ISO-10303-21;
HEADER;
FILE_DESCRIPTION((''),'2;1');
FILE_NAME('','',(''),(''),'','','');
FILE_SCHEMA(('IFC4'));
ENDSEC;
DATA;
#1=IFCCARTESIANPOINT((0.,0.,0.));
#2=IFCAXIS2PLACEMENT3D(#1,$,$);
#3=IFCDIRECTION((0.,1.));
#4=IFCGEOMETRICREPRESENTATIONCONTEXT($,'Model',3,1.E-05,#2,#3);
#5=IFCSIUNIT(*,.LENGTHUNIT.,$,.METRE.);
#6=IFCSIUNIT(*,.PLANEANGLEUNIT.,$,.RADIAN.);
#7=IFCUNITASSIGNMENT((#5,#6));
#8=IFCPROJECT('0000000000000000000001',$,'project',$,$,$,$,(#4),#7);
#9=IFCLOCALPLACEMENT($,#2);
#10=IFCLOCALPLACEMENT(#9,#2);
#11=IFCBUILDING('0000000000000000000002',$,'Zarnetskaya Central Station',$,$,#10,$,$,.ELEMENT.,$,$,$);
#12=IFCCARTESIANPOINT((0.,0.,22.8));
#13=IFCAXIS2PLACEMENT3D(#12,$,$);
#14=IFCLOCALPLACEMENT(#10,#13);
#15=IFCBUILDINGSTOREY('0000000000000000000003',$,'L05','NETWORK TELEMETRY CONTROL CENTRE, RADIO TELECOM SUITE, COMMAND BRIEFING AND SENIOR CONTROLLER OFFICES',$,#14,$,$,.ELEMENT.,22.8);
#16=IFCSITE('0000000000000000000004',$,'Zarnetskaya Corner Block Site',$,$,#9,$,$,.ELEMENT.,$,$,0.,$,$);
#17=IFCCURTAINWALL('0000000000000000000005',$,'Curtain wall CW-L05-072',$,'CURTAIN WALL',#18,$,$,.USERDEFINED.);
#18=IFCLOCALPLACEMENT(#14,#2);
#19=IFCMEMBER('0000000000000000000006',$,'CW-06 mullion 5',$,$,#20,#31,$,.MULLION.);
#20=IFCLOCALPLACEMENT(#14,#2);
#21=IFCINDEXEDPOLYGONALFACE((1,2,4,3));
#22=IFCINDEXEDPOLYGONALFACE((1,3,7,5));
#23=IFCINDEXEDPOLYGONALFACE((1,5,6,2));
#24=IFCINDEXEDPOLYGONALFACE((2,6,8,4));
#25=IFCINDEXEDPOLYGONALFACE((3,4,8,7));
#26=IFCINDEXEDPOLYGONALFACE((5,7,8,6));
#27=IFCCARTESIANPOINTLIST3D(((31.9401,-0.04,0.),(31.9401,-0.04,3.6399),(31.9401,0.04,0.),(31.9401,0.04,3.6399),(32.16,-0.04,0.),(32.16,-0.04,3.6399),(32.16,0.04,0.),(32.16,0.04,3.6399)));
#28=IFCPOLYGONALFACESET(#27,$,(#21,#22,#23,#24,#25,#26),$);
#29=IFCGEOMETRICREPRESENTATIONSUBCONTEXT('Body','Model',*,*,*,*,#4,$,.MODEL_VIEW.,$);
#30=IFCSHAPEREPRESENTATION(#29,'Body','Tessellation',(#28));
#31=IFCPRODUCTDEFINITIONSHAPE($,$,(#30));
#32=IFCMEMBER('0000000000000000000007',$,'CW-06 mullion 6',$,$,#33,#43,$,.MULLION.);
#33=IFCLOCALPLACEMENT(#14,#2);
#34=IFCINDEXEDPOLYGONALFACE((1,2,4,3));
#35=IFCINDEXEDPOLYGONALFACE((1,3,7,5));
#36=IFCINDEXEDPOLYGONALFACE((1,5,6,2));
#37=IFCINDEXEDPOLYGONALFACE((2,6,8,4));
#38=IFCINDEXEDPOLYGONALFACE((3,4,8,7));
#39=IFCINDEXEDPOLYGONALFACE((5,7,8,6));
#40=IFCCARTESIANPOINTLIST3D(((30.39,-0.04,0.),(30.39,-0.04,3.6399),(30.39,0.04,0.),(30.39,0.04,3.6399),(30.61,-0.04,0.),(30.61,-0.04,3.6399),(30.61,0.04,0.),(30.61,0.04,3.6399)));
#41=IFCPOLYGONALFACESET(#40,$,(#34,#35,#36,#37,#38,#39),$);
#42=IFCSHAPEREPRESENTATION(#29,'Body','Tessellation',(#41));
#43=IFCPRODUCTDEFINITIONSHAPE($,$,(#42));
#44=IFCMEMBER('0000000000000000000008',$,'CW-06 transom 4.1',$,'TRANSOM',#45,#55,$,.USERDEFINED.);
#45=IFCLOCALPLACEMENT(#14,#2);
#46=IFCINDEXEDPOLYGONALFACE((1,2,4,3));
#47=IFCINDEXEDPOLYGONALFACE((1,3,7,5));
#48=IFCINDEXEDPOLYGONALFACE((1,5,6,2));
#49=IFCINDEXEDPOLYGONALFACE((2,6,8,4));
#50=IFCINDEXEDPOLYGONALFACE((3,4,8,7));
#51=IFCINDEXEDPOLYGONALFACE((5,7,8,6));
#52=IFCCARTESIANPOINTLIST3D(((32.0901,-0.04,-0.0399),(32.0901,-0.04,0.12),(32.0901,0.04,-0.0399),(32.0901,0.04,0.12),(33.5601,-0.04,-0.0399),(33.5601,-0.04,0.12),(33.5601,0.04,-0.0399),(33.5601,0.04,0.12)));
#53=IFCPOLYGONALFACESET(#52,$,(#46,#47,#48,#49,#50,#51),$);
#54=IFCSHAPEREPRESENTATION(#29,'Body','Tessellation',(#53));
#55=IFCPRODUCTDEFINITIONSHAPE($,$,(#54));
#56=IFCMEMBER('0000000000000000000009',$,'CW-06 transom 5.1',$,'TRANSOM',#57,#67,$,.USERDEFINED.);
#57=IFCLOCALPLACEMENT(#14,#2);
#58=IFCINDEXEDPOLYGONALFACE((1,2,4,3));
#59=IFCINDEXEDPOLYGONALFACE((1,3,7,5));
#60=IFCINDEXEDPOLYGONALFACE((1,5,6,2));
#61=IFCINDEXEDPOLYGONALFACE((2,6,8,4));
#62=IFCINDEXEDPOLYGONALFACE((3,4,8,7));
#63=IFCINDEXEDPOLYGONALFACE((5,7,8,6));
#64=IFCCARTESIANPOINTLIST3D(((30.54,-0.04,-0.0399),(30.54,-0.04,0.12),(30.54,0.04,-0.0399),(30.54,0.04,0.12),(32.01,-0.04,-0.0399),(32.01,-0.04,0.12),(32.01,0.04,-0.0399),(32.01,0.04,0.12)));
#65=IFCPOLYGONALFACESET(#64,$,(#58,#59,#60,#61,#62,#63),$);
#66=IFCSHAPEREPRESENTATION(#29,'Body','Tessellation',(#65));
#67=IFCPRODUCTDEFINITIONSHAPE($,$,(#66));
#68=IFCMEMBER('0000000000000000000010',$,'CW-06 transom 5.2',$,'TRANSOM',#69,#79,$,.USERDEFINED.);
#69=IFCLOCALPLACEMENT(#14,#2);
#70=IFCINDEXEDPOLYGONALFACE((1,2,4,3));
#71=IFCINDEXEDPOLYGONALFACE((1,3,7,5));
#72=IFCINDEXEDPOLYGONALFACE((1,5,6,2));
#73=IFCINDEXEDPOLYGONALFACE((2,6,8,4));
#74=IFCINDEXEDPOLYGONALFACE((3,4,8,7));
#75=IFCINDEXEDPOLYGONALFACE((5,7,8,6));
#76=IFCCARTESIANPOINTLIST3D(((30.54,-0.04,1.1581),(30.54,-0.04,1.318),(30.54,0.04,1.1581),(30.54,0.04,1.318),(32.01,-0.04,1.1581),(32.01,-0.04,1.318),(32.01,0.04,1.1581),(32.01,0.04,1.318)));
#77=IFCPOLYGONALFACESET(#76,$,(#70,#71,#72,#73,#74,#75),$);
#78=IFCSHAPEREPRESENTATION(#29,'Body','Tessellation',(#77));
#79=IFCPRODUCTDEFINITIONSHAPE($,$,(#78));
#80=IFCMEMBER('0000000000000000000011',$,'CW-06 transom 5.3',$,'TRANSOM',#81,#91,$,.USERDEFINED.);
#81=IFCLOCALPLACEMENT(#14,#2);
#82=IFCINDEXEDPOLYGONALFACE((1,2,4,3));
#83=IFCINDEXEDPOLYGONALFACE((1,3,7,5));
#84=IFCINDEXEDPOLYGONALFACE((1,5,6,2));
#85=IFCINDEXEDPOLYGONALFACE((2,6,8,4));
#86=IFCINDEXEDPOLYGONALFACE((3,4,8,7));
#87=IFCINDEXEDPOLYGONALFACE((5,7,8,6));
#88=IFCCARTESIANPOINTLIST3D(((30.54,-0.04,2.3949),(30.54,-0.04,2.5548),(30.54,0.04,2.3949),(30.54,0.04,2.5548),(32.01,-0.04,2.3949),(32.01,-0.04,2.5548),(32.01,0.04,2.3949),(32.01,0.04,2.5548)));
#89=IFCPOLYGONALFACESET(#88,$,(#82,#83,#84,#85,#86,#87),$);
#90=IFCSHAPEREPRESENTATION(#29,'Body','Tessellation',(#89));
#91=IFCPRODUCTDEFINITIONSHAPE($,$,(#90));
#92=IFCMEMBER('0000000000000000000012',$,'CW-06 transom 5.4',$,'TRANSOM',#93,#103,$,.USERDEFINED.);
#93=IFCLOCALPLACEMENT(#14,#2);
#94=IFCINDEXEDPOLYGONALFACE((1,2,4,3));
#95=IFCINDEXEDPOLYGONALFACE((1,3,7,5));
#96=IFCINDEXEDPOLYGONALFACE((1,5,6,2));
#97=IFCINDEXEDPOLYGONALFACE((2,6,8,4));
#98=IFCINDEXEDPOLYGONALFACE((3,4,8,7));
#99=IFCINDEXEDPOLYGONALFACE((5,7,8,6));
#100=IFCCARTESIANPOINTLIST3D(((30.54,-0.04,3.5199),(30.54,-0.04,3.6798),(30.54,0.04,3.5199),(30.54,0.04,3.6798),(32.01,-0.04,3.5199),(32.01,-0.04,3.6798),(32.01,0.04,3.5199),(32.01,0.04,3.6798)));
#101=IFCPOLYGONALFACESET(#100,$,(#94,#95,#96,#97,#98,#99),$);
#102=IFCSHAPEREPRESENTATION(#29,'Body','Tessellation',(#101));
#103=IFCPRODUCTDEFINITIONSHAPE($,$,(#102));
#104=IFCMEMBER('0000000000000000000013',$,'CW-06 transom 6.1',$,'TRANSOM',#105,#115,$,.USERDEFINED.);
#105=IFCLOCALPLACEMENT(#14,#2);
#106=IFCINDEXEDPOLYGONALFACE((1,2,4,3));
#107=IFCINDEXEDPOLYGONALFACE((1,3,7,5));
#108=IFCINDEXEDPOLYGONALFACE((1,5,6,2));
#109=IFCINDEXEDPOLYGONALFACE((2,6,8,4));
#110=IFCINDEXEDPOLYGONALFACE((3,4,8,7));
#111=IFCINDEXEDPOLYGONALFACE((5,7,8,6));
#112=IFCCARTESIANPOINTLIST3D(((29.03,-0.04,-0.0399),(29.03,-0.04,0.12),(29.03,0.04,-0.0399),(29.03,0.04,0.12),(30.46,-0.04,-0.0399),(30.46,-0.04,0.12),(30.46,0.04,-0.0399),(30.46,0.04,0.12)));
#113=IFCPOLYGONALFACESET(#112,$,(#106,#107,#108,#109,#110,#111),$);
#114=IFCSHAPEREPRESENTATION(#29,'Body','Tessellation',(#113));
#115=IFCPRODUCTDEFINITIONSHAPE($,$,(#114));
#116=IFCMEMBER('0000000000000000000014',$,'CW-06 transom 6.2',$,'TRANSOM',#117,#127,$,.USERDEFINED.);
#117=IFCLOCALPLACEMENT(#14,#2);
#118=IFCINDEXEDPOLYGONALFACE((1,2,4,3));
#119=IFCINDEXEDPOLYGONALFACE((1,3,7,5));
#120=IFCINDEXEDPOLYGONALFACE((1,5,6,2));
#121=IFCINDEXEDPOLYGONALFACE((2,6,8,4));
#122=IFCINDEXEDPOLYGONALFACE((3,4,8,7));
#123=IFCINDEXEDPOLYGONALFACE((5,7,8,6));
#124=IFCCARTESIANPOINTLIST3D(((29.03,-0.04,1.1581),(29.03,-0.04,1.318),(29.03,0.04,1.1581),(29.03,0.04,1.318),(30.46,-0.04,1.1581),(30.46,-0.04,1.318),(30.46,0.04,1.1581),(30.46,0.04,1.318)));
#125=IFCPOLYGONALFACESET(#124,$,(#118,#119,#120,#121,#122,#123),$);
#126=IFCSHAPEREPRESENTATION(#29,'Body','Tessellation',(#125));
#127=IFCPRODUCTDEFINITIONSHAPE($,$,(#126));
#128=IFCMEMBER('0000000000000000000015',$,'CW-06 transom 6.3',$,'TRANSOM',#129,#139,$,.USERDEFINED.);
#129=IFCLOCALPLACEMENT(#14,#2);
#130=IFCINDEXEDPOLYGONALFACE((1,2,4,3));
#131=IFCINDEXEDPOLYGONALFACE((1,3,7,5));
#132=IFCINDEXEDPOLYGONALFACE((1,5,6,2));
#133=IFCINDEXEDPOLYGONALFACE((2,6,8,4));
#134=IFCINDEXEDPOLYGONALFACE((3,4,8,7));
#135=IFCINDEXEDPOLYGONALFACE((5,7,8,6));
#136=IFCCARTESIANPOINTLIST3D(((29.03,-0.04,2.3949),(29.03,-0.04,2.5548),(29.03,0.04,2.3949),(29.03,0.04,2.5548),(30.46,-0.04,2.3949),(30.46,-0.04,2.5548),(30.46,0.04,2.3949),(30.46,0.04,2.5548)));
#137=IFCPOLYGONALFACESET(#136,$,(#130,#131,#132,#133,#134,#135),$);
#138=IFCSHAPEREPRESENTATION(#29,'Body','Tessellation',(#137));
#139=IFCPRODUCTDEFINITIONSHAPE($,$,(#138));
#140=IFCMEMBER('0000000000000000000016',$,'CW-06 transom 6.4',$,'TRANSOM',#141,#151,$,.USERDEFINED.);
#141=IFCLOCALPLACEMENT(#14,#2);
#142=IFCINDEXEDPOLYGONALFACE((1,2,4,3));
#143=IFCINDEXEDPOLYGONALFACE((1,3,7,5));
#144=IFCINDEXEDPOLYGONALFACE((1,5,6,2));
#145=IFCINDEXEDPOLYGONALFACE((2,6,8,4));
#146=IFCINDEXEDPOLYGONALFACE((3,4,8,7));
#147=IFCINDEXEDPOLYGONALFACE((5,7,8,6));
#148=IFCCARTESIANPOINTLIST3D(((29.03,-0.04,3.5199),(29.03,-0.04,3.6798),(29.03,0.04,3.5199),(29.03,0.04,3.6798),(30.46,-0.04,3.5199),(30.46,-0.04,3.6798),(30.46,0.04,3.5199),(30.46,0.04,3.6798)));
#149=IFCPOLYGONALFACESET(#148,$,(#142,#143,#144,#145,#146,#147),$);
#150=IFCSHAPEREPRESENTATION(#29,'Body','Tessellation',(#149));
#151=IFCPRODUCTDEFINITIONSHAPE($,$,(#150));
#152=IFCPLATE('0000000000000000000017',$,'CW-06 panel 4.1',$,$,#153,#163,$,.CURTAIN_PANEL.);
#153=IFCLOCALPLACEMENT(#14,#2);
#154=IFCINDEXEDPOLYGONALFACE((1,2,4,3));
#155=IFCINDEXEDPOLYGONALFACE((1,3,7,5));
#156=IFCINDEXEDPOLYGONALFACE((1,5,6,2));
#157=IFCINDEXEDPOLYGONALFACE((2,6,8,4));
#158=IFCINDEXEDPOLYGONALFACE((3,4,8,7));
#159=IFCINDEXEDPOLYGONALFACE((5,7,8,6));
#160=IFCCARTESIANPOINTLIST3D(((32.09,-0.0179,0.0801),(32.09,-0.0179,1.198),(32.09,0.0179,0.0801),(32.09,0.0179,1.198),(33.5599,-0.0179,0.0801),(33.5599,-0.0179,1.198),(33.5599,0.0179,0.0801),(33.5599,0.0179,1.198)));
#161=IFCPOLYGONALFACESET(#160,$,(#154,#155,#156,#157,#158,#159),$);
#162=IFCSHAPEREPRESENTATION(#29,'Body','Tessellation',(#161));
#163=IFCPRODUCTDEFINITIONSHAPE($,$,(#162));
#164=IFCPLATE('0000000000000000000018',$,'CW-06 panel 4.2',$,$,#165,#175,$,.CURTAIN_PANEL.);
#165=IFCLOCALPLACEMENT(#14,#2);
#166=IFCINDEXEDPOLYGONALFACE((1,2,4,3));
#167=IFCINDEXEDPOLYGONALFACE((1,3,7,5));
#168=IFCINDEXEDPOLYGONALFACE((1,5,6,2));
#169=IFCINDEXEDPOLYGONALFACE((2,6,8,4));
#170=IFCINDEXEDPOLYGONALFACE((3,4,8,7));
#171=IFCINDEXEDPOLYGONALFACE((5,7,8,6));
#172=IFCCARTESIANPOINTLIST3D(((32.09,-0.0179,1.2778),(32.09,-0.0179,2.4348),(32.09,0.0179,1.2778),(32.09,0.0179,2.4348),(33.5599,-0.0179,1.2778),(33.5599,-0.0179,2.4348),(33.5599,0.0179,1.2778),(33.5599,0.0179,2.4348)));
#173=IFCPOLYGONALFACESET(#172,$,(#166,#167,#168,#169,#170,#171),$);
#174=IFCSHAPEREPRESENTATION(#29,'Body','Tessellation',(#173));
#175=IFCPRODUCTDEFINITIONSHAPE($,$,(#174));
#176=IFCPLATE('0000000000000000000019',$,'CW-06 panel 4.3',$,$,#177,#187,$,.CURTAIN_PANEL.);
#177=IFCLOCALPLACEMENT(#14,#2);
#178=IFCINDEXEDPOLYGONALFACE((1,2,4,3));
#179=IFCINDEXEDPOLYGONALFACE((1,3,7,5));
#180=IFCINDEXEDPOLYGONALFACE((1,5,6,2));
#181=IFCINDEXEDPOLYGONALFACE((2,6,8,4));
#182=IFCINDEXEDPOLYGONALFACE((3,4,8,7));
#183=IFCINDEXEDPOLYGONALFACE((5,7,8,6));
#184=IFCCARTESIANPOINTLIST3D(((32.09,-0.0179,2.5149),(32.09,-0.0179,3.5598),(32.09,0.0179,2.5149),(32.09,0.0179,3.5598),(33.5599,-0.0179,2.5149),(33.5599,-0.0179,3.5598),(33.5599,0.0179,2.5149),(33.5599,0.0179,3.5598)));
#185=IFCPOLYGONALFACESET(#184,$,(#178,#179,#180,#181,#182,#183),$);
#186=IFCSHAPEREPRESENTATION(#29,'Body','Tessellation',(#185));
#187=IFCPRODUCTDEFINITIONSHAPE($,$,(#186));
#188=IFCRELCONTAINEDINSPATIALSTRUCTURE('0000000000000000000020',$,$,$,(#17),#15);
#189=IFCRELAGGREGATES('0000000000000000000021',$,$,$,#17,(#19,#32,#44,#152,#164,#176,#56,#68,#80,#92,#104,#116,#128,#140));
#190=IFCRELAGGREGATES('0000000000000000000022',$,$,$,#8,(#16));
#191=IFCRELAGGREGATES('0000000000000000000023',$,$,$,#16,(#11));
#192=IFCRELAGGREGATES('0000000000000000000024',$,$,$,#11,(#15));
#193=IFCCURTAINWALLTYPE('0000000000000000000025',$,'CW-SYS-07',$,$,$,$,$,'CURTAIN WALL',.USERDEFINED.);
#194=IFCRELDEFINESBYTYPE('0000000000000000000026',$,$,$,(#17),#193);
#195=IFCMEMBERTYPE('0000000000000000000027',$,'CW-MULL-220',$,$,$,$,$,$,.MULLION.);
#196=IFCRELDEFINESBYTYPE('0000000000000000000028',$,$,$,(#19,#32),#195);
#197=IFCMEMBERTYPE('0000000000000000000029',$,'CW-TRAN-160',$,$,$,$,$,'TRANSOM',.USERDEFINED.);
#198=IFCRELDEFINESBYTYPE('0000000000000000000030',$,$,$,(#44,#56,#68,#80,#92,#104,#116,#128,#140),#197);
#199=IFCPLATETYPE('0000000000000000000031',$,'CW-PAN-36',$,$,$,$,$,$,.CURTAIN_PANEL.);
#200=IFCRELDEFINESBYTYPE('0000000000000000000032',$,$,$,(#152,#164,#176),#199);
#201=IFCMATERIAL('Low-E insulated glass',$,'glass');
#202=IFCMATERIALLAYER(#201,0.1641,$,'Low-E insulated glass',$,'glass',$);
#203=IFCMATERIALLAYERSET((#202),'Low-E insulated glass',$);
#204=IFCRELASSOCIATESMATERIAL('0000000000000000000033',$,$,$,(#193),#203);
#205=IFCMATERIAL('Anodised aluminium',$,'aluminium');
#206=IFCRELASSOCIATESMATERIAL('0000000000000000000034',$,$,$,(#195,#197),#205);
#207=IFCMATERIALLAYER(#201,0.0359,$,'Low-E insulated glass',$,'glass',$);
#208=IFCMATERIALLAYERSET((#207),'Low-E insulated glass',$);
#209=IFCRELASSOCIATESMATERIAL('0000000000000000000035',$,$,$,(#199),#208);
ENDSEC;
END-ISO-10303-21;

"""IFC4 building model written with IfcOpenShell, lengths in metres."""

from ifc_helpers import new_model, si_unit, direction, frame, origin, origin_2d, place, context, subcontext, project, spatial, rectangle, extrude, material, layer, layer_set, material_profile, profile_set, type_object, element, aggregate, save


model = new_model("IFC4")

# Units and contexts
model_context = context("Model", 3, precision=1e-05, world=origin(), true_north=direction((0.0, 1.0)))
body_context = subcontext(model_context, "Body", "Model", "MODEL_VIEW")
ifc_project = project(units=[si_unit("LENGTHUNIT", "METRE"), si_unit("PLANEANGLEUNIT", "RADIAN")], contexts=[model_context])

# Site, building, storey
site_placement = place(None, origin())
site = spatial("IfcSite", under=ifc_project, at=site_placement, Name="Zarnetskaya Corner Block Site", CompositionType="ELEMENT", RefElevation=0.0)
building_placement = place(site_placement, origin())
building = spatial("IfcBuilding", under=site, at=building_placement, Name="Zarnetskaya Central Station", CompositionType="ELEMENT")
storey_placement = place(building_placement, frame((0.0, 0.0, 22.8)))
storey = spatial("IfcBuildingStorey", under=building, at=storey_placement, Name="L05", Description="NETWORK TELEMETRY CONTROL CENTRE, RADIO TELECOM SUITE, COMMAND BRIEFING AND SENIOR CONTROLLER OFFICES", CompositionType="ELEMENT", Elevation=22.8)

# Curtain wall, members, plates
ifc_material_1 = material(Name="Low-E insulated glass", Category="glass")
ifc_layer_1 = layer(ifc_material_1, 0.1641, Name="Low-E insulated glass", Category="glass")
ifc_layer_set_1 = layer_set([ifc_layer_1], Name="Low-E insulated glass")
curtain_wall_type = type_object("IfcCurtainWallType", Name="CW-SYS-07", ElementType="CURTAIN WALL", PredefinedType="USERDEFINED", material=ifc_layer_set_1)
curtain_wall_placement = place(storey_placement, origin())
curtain_wall = element("IfcCurtainWall", 1, at=curtain_wall_placement, inside=storey, type_object=curtain_wall_type, Name="Curtain wall CW-L05-072", ObjectType="CURTAIN WALL", PredefinedType="USERDEFINED")
ifc_material_2 = material(Name="Anodised aluminium", Category="aluminium")
ifc_material_profile_1 = material_profile(ifc_material_2, rectangle(XDim=0.0801, YDim=0.22, at=origin_2d()), Name="ALU MULL 80x220")
ifc_profile_set_1 = profile_set([ifc_material_profile_1], Name="Anodised aluminium")
member_type_1 = type_object("IfcMemberType", Name="CW-MULL-220", PredefinedType="MULLION", material=ifc_profile_set_1)
member_1_placement = place(storey_placement, frame((32.05, 0.0, 0.0), z_axis=(0.0, 0.0, 1.0), x_axis=(0.0, -1.0, 0.0)))
member_1 = element("IfcMember", 2, at=member_1_placement, type_object=member_type_1, Name="CW-06 mullion 5", PredefinedType="MULLION", context=body_context, shape_type="SweptSolid", body=[
    extrude(rectangle(XDim=0.0801, YDim=0.22, at=origin_2d()), origin(), (0.0, 0.0, 1.0), 3.6399),
])
member_2_placement = place(storey_placement, frame((30.5, 0.0, 0.0), z_axis=(0.0, 0.0, 1.0), x_axis=(0.0, -1.0, 0.0)))
member_2 = element("IfcMember", 3, at=member_2_placement, type_object=member_type_1, Name="CW-06 mullion 6", PredefinedType="MULLION", context=body_context, shape_type="SweptSolid", body=[
    extrude(rectangle(XDim=0.0801, YDim=0.22, at=origin_2d()), origin(), (0.0, 0.0, 1.0), 3.6399),
])
ifc_material_profile_2 = material_profile(ifc_material_2, rectangle(XDim=0.0801, YDim=0.1599, at=origin_2d()), Name="ALU TRAN 80x160")
ifc_profile_set_2 = profile_set([ifc_material_profile_2], Name="Anodised aluminium")
member_type_2 = type_object("IfcMemberType", Name="CW-TRAN-160", ElementType="TRANSOM", PredefinedType="USERDEFINED", material=ifc_profile_set_2)
member_3_placement = place(storey_placement, frame((33.5601, 0.0, 0.04), z_axis=(-1.0, 0.0, 0.0), x_axis=(0.0, -1.0, 0.0)))
member_3 = element("IfcMember", 4, at=member_3_placement, type_object=member_type_2, Name="CW-06 transom 4.1", ObjectType="TRANSOM", PredefinedType="USERDEFINED", context=body_context, shape_type="SweptSolid", body=[
    extrude(rectangle(XDim=0.0801, YDim=0.1599, at=origin_2d()), origin(), (0.0, 0.0, 1.0), 1.47),
])
member_4_placement = place(storey_placement, frame((32.01, 0.0, 0.04), z_axis=(-1.0, 0.0, 0.0), x_axis=(0.0, -1.0, 0.0)))
member_4 = element("IfcMember", 5, at=member_4_placement, type_object=member_type_2, Name="CW-06 transom 5.1", ObjectType="TRANSOM", PredefinedType="USERDEFINED", context=body_context, shape_type="SweptSolid", body=[
    extrude(rectangle(XDim=0.0801, YDim=0.1599, at=origin_2d()), origin(), (0.0, 0.0, 1.0), 1.47),
])
member_5_placement = place(storey_placement, frame((32.01, 0.0, 1.238), z_axis=(-1.0, 0.0, 0.0), x_axis=(0.0, -1.0, 0.0)))
member_5 = element("IfcMember", 6, at=member_5_placement, type_object=member_type_2, Name="CW-06 transom 5.2", ObjectType="TRANSOM", PredefinedType="USERDEFINED", context=body_context, shape_type="SweptSolid", body=[
    extrude(rectangle(XDim=0.0801, YDim=0.1599, at=origin_2d()), origin(), (0.0, 0.0, 1.0), 1.47),
])
member_6_placement = place(storey_placement, frame((32.01, 0.0, 2.4749), z_axis=(-1.0, 0.0, 0.0), x_axis=(0.0, -1.0, 0.0)))
member_6 = element("IfcMember", 7, at=member_6_placement, type_object=member_type_2, Name="CW-06 transom 5.3", ObjectType="TRANSOM", PredefinedType="USERDEFINED", context=body_context, shape_type="SweptSolid", body=[
    extrude(rectangle(XDim=0.0801, YDim=0.1599, at=origin_2d()), origin(), (0.0, 0.0, 1.0), 1.47),
])
member_7_placement = place(storey_placement, frame((32.01, 0.0, 3.5999), z_axis=(-1.0, 0.0, 0.0), x_axis=(0.0, -1.0, 0.0)))
member_7 = element("IfcMember", 8, at=member_7_placement, type_object=member_type_2, Name="CW-06 transom 5.4", ObjectType="TRANSOM", PredefinedType="USERDEFINED", context=body_context, shape_type="SweptSolid", body=[
    extrude(rectangle(XDim=0.0801, YDim=0.1599, at=origin_2d()), origin(), (0.0, 0.0, 1.0), 1.47),
])
member_8_placement = place(storey_placement, frame((30.46, 0.0, 0.04), z_axis=(-1.0, 0.0, 0.0), x_axis=(0.0, -1.0, 0.0)))
member_8 = element("IfcMember", 9, at=member_8_placement, type_object=member_type_2, Name="CW-06 transom 6.1", ObjectType="TRANSOM", PredefinedType="USERDEFINED", context=body_context, shape_type="SweptSolid", body=[
    extrude(rectangle(XDim=0.0801, YDim=0.1599, at=origin_2d()), origin(), (0.0, 0.0, 1.0), 1.4299),
])
member_9_placement = place(storey_placement, frame((30.46, 0.0, 1.238), z_axis=(-1.0, 0.0, 0.0), x_axis=(0.0, -1.0, 0.0)))
member_9 = element("IfcMember", 10, at=member_9_placement, type_object=member_type_2, Name="CW-06 transom 6.2", ObjectType="TRANSOM", PredefinedType="USERDEFINED", context=body_context, shape_type="SweptSolid", body=[
    extrude(rectangle(XDim=0.0801, YDim=0.1599, at=origin_2d()), origin(), (0.0, 0.0, 1.0), 1.4299),
])
member_10_placement = place(storey_placement, frame((30.46, 0.0, 2.4749), z_axis=(-1.0, 0.0, 0.0), x_axis=(0.0, -1.0, 0.0)))
member_10 = element("IfcMember", 11, at=member_10_placement, type_object=member_type_2, Name="CW-06 transom 6.3", ObjectType="TRANSOM", PredefinedType="USERDEFINED", context=body_context, shape_type="SweptSolid", body=[
    extrude(rectangle(XDim=0.0801, YDim=0.1599, at=origin_2d()), origin(), (0.0, 0.0, 1.0), 1.4299),
])
member_11_placement = place(storey_placement, frame((30.46, 0.0, 3.5999), z_axis=(-1.0, 0.0, 0.0), x_axis=(0.0, -1.0, 0.0)))
member_11 = element("IfcMember", 12, at=member_11_placement, type_object=member_type_2, Name="CW-06 transom 6.4", ObjectType="TRANSOM", PredefinedType="USERDEFINED", context=body_context, shape_type="SweptSolid", body=[
    extrude(rectangle(XDim=0.0801, YDim=0.1599, at=origin_2d()), origin(), (0.0, 0.0, 1.0), 1.4299),
])
ifc_layer_2 = layer(ifc_material_1, 0.0359, Name="Low-E insulated glass", Category="glass")
ifc_layer_set_2 = layer_set([ifc_layer_2], Name="Low-E insulated glass")
plate_type = type_object("IfcPlateType", Name="CW-PAN-36", PredefinedType="CURTAIN_PANEL", material=ifc_layer_set_2)
plate_1_placement = place(storey_placement, frame((32.825, 0.0, 0.0801), z_axis=(0.0, 0.0, 1.0), x_axis=(-1.0, 0.0, 0.0)))
plate_1 = element("IfcPlate", 13, at=plate_1_placement, type_object=plate_type, Name="CW-06 panel 4.1", PredefinedType="CURTAIN_PANEL", context=body_context, shape_type="SweptSolid", body=[
    extrude(rectangle(XDim=1.47, YDim=0.0359, at=origin_2d()), origin(), (0.0, 0.0, 1.0), 1.1179),
])
plate_2_placement = place(storey_placement, frame((32.825, 0.0, 1.2778), z_axis=(0.0, 0.0, 1.0), x_axis=(-1.0, 0.0, 0.0)))
plate_2 = element("IfcPlate", 14, at=plate_2_placement, type_object=plate_type, Name="CW-06 panel 4.2", PredefinedType="CURTAIN_PANEL", context=body_context, shape_type="SweptSolid", body=[
    extrude(rectangle(XDim=1.47, YDim=0.0359, at=origin_2d()), origin(), (0.0, 0.0, 1.0), 1.157),
])
plate_3_placement = place(storey_placement, frame((32.825, 0.0, 2.5149), z_axis=(0.0, 0.0, 1.0), x_axis=(-1.0, 0.0, 0.0)))
plate_3 = element("IfcPlate", 15, at=plate_3_placement, type_object=plate_type, Name="CW-06 panel 4.3", PredefinedType="CURTAIN_PANEL", context=body_context, shape_type="SweptSolid", body=[
    extrude(rectangle(XDim=1.47, YDim=0.0359, at=origin_2d()), origin(), (0.0, 0.0, 1.0), 1.0449),
])
aggregate(curtain_wall, [member_1, member_2, member_3, plate_1, plate_2, plate_3, member_4, member_5, member_6, member_7, member_8, member_9, member_10, member_11])

save(model, "model.ifc")
